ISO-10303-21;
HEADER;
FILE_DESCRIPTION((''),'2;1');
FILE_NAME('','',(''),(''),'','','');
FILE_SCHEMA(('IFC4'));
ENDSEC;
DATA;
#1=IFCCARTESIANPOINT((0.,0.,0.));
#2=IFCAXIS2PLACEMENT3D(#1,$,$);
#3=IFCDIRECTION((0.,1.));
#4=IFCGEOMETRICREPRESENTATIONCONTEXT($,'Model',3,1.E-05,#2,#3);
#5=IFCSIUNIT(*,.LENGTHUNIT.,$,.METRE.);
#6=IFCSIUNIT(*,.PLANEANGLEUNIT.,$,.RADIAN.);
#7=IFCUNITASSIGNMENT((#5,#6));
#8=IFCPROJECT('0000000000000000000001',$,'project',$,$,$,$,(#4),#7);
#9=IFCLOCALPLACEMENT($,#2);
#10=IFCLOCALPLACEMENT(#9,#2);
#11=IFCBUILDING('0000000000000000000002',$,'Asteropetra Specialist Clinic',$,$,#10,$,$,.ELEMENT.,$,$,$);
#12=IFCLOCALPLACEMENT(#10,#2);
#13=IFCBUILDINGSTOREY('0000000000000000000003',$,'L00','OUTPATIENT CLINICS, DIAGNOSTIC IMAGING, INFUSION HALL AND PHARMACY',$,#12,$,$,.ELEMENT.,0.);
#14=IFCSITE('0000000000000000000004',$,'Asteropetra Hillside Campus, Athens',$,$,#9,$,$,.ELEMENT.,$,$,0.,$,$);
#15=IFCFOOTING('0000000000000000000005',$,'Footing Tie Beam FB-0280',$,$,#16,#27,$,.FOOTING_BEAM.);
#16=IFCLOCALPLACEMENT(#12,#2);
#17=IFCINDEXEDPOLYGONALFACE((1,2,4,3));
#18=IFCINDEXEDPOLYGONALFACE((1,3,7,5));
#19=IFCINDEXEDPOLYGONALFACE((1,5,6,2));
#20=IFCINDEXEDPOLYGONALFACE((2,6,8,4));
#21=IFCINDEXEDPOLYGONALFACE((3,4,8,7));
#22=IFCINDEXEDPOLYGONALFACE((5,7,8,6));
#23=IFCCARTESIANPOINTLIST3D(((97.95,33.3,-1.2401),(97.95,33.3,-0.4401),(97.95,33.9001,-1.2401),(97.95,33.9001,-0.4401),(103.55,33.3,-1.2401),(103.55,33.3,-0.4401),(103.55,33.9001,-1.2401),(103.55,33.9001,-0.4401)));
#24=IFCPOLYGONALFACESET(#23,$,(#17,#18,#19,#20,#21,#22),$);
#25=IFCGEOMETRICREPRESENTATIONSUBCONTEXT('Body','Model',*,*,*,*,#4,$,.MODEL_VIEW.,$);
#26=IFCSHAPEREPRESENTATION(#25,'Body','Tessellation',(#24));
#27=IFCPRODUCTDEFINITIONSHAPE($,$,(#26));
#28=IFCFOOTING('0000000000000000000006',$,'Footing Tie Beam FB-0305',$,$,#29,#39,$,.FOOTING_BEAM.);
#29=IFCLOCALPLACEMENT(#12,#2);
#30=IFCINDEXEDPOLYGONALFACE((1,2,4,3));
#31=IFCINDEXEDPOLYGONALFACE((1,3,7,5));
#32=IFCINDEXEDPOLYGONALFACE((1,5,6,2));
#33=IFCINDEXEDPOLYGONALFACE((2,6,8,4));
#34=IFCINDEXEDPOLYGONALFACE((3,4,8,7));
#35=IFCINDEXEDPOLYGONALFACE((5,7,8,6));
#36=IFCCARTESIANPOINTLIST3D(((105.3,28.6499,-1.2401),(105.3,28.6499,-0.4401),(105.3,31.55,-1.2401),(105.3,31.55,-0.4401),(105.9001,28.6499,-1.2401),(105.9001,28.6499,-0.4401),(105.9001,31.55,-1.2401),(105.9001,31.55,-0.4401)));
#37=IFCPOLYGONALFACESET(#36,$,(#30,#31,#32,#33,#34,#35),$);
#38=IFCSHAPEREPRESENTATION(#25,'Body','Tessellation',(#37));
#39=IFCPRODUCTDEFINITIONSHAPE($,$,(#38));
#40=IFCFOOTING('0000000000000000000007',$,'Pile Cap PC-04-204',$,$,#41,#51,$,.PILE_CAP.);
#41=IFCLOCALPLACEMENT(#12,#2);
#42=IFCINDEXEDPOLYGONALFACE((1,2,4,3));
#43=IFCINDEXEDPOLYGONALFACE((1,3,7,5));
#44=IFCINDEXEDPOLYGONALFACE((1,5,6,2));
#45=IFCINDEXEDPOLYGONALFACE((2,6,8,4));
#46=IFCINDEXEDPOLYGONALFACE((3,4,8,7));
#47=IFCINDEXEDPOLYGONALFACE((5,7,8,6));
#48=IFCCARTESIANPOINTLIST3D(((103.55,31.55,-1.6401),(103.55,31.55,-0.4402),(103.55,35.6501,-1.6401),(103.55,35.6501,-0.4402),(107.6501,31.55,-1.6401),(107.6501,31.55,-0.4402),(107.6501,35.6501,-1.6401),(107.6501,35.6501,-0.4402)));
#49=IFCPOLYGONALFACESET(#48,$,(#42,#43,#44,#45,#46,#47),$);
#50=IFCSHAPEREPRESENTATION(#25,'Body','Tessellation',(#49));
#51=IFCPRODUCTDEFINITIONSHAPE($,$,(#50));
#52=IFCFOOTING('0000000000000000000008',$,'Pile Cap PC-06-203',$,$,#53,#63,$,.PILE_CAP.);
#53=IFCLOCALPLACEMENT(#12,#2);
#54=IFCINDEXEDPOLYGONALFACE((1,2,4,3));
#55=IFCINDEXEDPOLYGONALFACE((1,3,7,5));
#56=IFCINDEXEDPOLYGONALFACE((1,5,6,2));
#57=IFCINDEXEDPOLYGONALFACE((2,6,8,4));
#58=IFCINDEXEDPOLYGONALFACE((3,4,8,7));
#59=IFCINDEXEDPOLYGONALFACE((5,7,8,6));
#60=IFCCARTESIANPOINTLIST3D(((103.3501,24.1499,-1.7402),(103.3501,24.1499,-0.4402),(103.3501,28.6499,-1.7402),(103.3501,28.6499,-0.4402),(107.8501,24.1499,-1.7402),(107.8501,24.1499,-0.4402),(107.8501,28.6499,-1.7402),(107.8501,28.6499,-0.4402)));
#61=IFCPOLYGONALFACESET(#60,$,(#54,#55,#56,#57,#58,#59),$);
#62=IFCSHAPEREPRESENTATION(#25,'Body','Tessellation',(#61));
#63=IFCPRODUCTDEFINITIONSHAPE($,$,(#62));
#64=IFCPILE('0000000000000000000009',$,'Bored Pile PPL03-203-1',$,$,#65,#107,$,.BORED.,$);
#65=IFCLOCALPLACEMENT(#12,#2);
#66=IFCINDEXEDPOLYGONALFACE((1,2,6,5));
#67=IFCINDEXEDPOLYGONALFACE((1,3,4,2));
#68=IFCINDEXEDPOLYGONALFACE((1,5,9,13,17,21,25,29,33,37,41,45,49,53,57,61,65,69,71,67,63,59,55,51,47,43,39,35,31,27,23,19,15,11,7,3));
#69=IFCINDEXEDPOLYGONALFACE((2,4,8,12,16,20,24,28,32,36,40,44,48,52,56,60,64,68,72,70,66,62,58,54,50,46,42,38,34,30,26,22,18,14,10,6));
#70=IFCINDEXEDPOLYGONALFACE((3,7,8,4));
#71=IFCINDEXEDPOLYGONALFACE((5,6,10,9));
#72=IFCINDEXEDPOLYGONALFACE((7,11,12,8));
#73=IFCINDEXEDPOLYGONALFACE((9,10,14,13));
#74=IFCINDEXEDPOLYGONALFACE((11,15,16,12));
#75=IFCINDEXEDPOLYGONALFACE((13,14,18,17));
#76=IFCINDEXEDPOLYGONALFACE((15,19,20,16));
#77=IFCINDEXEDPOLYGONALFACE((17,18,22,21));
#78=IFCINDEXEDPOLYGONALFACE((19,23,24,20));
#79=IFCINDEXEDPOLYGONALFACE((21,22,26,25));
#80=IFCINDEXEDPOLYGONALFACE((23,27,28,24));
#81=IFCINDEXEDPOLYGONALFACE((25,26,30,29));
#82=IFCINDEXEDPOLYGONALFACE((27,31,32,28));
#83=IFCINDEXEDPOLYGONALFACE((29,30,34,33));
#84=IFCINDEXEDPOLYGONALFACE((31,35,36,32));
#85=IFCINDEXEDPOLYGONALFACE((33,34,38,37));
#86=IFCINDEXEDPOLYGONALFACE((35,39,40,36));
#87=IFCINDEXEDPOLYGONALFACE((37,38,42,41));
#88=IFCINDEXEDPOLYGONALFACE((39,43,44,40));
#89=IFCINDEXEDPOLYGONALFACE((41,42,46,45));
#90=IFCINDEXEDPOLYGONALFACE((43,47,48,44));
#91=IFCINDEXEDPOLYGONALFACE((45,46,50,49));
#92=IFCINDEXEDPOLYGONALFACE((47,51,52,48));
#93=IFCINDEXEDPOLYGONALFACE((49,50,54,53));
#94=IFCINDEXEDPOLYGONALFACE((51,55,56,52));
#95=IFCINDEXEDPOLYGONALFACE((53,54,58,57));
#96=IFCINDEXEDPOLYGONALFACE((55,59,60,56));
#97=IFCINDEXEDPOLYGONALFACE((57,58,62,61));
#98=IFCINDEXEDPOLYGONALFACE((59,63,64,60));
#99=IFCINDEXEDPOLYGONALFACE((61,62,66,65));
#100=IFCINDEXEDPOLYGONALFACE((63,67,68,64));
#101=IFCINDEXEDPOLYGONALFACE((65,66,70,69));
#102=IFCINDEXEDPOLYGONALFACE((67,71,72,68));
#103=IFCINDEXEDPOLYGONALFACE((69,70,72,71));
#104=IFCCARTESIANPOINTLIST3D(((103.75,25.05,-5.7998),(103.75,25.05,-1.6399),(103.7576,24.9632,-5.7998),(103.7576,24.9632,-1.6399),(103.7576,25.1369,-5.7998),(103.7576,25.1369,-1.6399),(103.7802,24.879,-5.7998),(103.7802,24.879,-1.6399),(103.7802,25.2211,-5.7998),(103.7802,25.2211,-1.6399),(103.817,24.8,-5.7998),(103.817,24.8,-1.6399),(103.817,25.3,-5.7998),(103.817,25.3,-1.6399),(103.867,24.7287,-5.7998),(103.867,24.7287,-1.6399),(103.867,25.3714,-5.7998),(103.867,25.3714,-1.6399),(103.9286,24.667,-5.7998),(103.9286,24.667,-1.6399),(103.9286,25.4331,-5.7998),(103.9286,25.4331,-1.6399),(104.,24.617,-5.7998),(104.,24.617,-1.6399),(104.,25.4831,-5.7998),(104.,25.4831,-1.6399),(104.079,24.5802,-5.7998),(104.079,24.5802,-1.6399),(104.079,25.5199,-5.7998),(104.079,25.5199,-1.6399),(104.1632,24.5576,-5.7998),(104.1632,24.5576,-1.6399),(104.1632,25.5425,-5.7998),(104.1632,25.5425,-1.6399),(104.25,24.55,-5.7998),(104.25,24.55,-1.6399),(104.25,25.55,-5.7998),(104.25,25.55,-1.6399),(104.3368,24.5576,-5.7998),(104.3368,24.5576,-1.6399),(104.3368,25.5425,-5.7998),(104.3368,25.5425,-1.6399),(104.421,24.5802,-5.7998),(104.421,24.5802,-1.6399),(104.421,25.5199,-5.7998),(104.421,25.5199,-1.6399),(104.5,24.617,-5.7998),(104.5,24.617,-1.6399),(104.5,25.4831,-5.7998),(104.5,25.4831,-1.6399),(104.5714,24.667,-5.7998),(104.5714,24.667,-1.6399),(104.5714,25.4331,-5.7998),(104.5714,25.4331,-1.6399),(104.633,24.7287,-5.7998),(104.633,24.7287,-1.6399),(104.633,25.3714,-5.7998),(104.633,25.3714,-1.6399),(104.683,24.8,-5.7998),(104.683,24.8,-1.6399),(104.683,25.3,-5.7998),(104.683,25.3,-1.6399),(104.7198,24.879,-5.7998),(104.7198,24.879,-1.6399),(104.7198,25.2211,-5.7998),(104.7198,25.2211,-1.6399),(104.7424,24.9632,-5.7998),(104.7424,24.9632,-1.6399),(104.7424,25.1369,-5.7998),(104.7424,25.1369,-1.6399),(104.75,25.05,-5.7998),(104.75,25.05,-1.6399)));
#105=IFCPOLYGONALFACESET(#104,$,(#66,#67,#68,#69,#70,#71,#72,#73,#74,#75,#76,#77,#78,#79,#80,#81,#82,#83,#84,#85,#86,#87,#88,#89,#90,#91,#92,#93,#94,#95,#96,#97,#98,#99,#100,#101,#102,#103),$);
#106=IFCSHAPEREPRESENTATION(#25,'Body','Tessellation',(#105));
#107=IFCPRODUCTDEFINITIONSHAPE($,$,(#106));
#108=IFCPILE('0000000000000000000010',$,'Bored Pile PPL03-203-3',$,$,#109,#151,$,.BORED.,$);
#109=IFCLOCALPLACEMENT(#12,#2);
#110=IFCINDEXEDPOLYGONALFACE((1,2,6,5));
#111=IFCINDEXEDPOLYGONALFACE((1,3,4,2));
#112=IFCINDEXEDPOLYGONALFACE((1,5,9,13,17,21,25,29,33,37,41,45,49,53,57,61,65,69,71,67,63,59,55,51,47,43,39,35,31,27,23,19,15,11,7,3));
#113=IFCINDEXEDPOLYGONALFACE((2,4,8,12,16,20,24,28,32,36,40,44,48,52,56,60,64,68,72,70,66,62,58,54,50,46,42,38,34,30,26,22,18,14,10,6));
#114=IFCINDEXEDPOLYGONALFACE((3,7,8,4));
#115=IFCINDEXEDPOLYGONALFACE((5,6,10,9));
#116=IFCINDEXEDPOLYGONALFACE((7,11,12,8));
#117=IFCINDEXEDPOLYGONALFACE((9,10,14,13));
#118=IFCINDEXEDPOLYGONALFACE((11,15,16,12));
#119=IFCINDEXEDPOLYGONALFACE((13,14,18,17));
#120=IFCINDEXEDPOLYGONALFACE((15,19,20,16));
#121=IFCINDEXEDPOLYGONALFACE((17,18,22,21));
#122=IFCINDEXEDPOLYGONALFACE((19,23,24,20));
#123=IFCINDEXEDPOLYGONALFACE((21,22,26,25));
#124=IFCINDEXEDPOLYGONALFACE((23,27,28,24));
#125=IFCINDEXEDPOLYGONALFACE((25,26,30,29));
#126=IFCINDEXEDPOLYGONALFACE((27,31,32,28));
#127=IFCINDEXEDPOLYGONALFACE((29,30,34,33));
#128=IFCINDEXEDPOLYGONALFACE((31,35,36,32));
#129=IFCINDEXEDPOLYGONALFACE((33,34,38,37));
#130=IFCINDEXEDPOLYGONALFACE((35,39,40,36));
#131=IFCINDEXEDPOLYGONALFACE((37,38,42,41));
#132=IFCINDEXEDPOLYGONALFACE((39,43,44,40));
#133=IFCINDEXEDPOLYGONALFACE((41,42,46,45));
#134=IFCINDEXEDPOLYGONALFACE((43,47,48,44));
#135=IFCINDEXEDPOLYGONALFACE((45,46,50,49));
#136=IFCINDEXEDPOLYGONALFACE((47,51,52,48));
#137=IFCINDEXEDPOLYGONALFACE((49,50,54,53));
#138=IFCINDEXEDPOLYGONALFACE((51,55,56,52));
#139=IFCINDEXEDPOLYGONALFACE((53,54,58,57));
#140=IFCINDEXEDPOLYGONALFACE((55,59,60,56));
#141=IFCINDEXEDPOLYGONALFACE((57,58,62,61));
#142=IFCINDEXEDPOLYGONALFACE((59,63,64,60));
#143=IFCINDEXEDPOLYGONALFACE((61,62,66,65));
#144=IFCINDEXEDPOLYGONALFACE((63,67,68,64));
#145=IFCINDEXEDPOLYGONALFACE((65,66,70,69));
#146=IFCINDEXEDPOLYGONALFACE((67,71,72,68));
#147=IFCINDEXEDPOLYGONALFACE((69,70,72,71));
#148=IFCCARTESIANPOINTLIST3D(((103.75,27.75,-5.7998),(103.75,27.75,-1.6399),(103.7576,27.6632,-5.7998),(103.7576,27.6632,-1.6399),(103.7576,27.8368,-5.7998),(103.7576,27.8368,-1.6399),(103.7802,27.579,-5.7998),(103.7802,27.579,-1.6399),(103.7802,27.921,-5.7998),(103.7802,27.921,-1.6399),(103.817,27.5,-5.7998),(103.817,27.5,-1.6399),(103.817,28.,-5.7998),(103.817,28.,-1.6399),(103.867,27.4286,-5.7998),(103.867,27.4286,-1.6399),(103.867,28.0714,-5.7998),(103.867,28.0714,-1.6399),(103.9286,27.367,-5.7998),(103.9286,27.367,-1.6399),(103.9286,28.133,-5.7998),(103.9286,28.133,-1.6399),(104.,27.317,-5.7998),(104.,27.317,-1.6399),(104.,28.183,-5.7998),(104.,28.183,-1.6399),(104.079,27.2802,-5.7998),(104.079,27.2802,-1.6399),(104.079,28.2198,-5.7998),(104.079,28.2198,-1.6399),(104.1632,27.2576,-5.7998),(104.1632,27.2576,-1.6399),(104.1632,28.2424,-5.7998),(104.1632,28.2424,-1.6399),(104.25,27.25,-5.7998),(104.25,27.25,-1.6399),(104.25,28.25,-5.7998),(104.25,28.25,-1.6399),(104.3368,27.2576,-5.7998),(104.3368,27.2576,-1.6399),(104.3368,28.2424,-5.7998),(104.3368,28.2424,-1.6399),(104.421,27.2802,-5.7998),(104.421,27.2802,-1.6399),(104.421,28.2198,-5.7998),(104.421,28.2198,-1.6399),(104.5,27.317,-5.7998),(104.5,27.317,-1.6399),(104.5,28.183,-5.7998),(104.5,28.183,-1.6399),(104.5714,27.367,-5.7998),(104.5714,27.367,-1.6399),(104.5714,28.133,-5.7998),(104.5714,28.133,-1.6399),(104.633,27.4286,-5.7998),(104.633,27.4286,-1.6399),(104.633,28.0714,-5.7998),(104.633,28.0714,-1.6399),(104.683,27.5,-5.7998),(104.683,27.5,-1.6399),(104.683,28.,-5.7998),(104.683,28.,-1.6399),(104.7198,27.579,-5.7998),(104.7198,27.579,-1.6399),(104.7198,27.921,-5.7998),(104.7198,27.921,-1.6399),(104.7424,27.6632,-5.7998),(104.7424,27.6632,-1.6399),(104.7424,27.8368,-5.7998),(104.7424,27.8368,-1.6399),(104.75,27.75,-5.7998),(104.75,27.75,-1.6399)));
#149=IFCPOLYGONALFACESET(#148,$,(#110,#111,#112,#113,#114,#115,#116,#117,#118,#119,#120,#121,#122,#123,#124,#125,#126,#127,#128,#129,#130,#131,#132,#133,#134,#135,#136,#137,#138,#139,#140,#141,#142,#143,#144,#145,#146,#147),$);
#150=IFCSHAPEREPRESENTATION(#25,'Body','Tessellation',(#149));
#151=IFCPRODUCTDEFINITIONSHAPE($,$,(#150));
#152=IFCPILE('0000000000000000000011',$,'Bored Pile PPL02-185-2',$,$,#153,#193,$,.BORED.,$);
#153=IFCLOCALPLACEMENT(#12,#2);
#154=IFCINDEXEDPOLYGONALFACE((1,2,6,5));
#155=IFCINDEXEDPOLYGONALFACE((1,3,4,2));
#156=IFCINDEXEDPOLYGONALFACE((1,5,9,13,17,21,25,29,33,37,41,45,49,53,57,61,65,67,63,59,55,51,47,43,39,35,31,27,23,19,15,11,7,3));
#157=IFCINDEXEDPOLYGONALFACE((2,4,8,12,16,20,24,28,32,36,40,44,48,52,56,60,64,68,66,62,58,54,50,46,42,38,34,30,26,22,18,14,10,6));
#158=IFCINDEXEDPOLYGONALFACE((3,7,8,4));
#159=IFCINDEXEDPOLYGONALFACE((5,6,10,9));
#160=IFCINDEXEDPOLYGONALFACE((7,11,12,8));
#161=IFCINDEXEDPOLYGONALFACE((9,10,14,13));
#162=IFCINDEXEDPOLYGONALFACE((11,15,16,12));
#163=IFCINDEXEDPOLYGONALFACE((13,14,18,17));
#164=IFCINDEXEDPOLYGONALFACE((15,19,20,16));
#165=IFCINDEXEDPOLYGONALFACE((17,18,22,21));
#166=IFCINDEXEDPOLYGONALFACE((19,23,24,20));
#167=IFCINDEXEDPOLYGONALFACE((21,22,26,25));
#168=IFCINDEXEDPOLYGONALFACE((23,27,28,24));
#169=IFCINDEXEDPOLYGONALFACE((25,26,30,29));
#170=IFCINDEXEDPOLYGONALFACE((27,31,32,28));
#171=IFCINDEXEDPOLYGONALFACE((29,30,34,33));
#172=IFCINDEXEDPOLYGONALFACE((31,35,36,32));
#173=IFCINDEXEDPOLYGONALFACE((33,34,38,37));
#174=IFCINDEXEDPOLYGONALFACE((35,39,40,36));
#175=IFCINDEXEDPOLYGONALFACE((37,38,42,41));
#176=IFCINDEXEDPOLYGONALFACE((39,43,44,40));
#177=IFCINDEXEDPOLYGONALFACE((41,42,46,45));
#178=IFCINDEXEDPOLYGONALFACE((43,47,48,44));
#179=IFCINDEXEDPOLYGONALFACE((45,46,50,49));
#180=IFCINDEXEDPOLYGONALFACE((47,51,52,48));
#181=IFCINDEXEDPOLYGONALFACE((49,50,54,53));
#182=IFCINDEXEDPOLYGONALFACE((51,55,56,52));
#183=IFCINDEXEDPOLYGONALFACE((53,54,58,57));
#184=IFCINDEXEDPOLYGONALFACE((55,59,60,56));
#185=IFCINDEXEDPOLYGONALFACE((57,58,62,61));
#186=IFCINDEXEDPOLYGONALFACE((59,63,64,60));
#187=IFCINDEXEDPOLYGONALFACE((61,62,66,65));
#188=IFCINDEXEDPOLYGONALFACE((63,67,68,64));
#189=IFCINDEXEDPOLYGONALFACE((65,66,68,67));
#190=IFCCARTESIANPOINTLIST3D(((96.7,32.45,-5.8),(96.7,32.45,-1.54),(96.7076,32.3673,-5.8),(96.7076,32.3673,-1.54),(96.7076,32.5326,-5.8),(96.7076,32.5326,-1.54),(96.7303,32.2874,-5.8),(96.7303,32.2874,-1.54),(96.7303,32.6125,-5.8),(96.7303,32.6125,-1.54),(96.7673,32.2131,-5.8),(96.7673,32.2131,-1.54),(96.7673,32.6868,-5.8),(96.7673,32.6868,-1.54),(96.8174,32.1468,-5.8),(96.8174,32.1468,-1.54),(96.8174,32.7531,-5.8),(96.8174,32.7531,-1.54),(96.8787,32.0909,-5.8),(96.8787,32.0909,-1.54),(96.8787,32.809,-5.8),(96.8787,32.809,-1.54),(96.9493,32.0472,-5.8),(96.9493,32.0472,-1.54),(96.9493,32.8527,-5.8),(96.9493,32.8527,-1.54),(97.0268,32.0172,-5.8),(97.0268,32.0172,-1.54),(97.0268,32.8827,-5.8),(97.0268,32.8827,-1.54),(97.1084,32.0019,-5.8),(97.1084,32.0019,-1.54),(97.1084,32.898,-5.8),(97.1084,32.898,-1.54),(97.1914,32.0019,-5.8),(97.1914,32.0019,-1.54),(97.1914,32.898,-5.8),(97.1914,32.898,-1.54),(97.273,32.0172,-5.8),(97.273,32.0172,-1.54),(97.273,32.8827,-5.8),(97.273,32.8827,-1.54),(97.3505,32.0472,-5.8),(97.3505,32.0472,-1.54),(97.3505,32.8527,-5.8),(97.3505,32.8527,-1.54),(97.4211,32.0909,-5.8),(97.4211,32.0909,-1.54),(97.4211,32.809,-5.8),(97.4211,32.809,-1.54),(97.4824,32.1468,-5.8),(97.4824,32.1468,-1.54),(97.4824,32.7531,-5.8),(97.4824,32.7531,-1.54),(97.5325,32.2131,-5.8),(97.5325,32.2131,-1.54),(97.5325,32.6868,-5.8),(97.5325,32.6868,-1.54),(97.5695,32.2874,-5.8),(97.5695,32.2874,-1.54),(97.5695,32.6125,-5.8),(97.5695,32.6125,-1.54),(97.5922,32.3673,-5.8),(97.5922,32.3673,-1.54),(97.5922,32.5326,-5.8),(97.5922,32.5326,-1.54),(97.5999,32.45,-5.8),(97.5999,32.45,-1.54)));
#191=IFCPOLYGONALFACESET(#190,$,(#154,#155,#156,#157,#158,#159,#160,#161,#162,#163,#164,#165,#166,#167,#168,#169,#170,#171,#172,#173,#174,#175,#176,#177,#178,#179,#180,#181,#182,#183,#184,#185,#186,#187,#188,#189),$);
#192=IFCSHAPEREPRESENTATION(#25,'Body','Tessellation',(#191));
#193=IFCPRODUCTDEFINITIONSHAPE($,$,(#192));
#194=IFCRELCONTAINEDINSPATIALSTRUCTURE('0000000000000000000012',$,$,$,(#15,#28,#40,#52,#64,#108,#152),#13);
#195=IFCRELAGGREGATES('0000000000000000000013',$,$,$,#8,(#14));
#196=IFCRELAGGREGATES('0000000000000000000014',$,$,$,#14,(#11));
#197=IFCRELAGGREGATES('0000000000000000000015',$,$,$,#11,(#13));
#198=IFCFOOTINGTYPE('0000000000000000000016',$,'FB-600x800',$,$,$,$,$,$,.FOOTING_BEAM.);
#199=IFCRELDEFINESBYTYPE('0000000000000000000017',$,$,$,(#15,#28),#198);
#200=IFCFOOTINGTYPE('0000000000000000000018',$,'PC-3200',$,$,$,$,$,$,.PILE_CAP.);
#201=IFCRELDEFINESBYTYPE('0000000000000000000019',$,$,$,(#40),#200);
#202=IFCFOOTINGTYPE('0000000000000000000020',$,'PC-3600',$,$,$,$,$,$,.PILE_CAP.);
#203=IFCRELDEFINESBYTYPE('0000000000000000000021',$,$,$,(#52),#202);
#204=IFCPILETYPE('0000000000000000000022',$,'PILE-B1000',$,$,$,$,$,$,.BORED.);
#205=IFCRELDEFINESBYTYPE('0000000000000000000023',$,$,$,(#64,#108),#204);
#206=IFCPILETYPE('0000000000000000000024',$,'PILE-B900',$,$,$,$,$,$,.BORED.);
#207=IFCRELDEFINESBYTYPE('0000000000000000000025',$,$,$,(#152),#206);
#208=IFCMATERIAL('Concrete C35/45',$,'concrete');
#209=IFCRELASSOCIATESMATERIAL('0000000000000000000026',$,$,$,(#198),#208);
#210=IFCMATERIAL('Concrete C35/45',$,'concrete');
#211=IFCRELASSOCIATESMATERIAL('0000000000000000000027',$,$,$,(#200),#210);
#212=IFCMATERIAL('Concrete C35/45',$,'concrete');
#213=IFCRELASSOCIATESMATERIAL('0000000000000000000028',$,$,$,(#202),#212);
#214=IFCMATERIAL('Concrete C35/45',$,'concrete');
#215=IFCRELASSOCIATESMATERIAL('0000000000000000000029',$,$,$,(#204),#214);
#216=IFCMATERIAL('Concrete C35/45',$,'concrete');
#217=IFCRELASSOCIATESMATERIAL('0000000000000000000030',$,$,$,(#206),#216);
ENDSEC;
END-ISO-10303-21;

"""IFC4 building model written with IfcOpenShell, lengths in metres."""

from ifc_helpers import new_model, si_unit, direction, frame, origin, origin_2d, place, context, subcontext, project, spatial, rectangle, circle, extrude, material, material_profile, profile_set, type_object, element, save


model = new_model("IFC4")

# Units and contexts
model_context = context("Model", 3, precision=1e-05, world=origin(), true_north=direction((0.0, 1.0)))
body_context = subcontext(model_context, "Body", "Model", "MODEL_VIEW")
ifc_project = project(units=[si_unit("LENGTHUNIT", "METRE"), si_unit("PLANEANGLEUNIT", "RADIAN")], contexts=[model_context])

# Site, building, storey
site_placement = place(None, origin())
site = spatial("IfcSite", under=ifc_project, at=site_placement, Name="Asteropetra Hillside Campus, Athens", CompositionType="ELEMENT", RefElevation=0.0)
building_placement = place(site_placement, origin())
building = spatial("IfcBuilding", under=site, at=building_placement, Name="Asteropetra Specialist Clinic", CompositionType="ELEMENT")
storey_placement = place(building_placement, origin())
storey = spatial("IfcBuildingStorey", under=building, at=storey_placement, Name="L00", Description="OUTPATIENT CLINICS, DIAGNOSTIC IMAGING, INFUSION HALL AND PHARMACY", CompositionType="ELEMENT", Elevation=0.0)

# Footings
ifc_material_1 = material(Name="Concrete C35/45", Category="concrete")
ifc_material_profile_1 = material_profile(ifc_material_1, rectangle(XDim=0.6001, YDim=0.8, at=origin_2d()), Name="FB 600x800")
ifc_profile_set_1 = profile_set([ifc_material_profile_1], Name="Concrete C35/45")
footing_type_1 = type_object("IfcFootingType", Name="FB-600x800", PredefinedType="FOOTING_BEAM", material=ifc_profile_set_1)
footing_1_placement = place(storey_placement, frame((97.95, 33.6001, -0.8401), z_axis=(1.0, 0.0, 0.0), x_axis=(0.0, 1.0, 0.0)))
element("IfcFooting", 1, at=footing_1_placement, inside=storey, type_object=footing_type_1, Name="Footing Tie Beam FB-0280", PredefinedType="FOOTING_BEAM", context=body_context, shape_type="SweptSolid", body=[
    extrude(rectangle(XDim=0.6001, YDim=0.8, at=origin_2d()), origin(), (0.0, 0.0, 1.0), 5.6001),
])
footing_2_placement = place(storey_placement, frame((105.6001, 28.6499, -0.8401), z_axis=(0.0, 1.0, 0.0), x_axis=(-1.0, 0.0, 0.0)))
element("IfcFooting", 2, at=footing_2_placement, inside=storey, type_object=footing_type_1, Name="Footing Tie Beam FB-0305", PredefinedType="FOOTING_BEAM", context=body_context, shape_type="SweptSolid", body=[
    extrude(rectangle(XDim=0.6001, YDim=0.8, at=origin_2d()), origin(), (0.0, 0.0, 1.0), 2.9001),
])
ifc_material_2 = material(Name="Concrete C35/45", Category="concrete")
footing_type_2 = type_object("IfcFootingType", Name="PC-3200", PredefinedType="PILE_CAP", material=ifc_material_2)
footing_3_placement = place(storey_placement, frame((105.6001, 33.6001, -1.6401), z_axis=(0.0, 0.0, 1.0), x_axis=(1.0, 0.0, 0.0)))
element("IfcFooting", 3, at=footing_3_placement, inside=storey, type_object=footing_type_2, Name="Pile Cap PC-04-204", PredefinedType="PILE_CAP", context=body_context, shape_type="SweptSolid", body=[
    extrude(rectangle(XDim=4.1001, YDim=4.1001, at=origin_2d()), origin(), (0.0, 0.0, 1.0), 1.2),
])
ifc_material_3 = material(Name="Concrete C35/45", Category="concrete")
footing_type_3 = type_object("IfcFootingType", Name="PC-3600", PredefinedType="PILE_CAP", material=ifc_material_3)
footing_4_placement = place(storey_placement, frame((105.6001, 26.3999, -1.7402), z_axis=(0.0, 0.0, 1.0), x_axis=(1.0, 0.0, 0.0)))
element("IfcFooting", 4, at=footing_4_placement, inside=storey, type_object=footing_type_3, Name="Pile Cap PC-06-203", PredefinedType="PILE_CAP", context=body_context, shape_type="SweptSolid", body=[
    extrude(rectangle(XDim=4.5, YDim=4.5, at=origin_2d()), origin(), (0.0, 0.0, 1.0), 1.3),
])

# Piles
ifc_material_4 = material(Name="Concrete C35/45", Category="concrete")
ifc_material_profile_2 = material_profile(ifc_material_4, circle(Radius=0.5, at=origin_2d()), Name="PILE D1000")
ifc_profile_set_2 = profile_set([ifc_material_profile_2], Name="Concrete C35/45")
pile_type_1 = type_object("IfcPileType", Name="PILE-B1000", PredefinedType="BORED", material=ifc_profile_set_2)
for number, where, z_axis, x_axis, name in (
    (5, (104.25, 25.05, -1.6399), (0.0, 0.0, -1.0), (1.0, 0.0, 0.0), "Bored Pile PPL03-203-1"),
    (6, (104.25, 27.75, -1.6399), (0.0, 0.0, -1.0), (1.0, 0.0, 0.0), "Bored Pile PPL03-203-3"),
):
    element("IfcPile", number, at=place(storey_placement, frame(where, z_axis=z_axis, x_axis=x_axis)), inside=storey, type_object=pile_type_1, Name=name, PredefinedType="BORED", context=body_context, shape_type="SweptSolid", body=[
        extrude(circle(Radius=0.5, at=origin_2d()), origin(), (0.0, 0.0, 1.0), 4.1599),
    ])
ifc_material_5 = material(Name="Concrete C35/45", Category="concrete")
ifc_material_profile_3 = material_profile(ifc_material_5, circle(Radius=0.45, at=origin_2d()), Name="PILE D900")
ifc_profile_set_3 = profile_set([ifc_material_profile_3], Name="Concrete C35/45")
pile_type_2 = type_object("IfcPileType", Name="PILE-B900", PredefinedType="BORED", material=ifc_profile_set_3)
for number, where, z_axis, x_axis, name in (
    (7, (97.1499, 32.45, -1.54), (0.0, 0.0, -1.0), (1.0, 0.0, 0.0), "Bored Pile PPL02-185-2"),
):
    element("IfcPile", number, at=place(storey_placement, frame(where, z_axis=z_axis, x_axis=x_axis)), inside=storey, type_object=pile_type_2, Name=name, PredefinedType="BORED", context=body_context, shape_type="SweptSolid", body=[
        extrude(circle(Radius=0.45, at=origin_2d()), origin(), (0.0, 0.0, 1.0), 4.26),
    ])

save(model, "model.ifc")
